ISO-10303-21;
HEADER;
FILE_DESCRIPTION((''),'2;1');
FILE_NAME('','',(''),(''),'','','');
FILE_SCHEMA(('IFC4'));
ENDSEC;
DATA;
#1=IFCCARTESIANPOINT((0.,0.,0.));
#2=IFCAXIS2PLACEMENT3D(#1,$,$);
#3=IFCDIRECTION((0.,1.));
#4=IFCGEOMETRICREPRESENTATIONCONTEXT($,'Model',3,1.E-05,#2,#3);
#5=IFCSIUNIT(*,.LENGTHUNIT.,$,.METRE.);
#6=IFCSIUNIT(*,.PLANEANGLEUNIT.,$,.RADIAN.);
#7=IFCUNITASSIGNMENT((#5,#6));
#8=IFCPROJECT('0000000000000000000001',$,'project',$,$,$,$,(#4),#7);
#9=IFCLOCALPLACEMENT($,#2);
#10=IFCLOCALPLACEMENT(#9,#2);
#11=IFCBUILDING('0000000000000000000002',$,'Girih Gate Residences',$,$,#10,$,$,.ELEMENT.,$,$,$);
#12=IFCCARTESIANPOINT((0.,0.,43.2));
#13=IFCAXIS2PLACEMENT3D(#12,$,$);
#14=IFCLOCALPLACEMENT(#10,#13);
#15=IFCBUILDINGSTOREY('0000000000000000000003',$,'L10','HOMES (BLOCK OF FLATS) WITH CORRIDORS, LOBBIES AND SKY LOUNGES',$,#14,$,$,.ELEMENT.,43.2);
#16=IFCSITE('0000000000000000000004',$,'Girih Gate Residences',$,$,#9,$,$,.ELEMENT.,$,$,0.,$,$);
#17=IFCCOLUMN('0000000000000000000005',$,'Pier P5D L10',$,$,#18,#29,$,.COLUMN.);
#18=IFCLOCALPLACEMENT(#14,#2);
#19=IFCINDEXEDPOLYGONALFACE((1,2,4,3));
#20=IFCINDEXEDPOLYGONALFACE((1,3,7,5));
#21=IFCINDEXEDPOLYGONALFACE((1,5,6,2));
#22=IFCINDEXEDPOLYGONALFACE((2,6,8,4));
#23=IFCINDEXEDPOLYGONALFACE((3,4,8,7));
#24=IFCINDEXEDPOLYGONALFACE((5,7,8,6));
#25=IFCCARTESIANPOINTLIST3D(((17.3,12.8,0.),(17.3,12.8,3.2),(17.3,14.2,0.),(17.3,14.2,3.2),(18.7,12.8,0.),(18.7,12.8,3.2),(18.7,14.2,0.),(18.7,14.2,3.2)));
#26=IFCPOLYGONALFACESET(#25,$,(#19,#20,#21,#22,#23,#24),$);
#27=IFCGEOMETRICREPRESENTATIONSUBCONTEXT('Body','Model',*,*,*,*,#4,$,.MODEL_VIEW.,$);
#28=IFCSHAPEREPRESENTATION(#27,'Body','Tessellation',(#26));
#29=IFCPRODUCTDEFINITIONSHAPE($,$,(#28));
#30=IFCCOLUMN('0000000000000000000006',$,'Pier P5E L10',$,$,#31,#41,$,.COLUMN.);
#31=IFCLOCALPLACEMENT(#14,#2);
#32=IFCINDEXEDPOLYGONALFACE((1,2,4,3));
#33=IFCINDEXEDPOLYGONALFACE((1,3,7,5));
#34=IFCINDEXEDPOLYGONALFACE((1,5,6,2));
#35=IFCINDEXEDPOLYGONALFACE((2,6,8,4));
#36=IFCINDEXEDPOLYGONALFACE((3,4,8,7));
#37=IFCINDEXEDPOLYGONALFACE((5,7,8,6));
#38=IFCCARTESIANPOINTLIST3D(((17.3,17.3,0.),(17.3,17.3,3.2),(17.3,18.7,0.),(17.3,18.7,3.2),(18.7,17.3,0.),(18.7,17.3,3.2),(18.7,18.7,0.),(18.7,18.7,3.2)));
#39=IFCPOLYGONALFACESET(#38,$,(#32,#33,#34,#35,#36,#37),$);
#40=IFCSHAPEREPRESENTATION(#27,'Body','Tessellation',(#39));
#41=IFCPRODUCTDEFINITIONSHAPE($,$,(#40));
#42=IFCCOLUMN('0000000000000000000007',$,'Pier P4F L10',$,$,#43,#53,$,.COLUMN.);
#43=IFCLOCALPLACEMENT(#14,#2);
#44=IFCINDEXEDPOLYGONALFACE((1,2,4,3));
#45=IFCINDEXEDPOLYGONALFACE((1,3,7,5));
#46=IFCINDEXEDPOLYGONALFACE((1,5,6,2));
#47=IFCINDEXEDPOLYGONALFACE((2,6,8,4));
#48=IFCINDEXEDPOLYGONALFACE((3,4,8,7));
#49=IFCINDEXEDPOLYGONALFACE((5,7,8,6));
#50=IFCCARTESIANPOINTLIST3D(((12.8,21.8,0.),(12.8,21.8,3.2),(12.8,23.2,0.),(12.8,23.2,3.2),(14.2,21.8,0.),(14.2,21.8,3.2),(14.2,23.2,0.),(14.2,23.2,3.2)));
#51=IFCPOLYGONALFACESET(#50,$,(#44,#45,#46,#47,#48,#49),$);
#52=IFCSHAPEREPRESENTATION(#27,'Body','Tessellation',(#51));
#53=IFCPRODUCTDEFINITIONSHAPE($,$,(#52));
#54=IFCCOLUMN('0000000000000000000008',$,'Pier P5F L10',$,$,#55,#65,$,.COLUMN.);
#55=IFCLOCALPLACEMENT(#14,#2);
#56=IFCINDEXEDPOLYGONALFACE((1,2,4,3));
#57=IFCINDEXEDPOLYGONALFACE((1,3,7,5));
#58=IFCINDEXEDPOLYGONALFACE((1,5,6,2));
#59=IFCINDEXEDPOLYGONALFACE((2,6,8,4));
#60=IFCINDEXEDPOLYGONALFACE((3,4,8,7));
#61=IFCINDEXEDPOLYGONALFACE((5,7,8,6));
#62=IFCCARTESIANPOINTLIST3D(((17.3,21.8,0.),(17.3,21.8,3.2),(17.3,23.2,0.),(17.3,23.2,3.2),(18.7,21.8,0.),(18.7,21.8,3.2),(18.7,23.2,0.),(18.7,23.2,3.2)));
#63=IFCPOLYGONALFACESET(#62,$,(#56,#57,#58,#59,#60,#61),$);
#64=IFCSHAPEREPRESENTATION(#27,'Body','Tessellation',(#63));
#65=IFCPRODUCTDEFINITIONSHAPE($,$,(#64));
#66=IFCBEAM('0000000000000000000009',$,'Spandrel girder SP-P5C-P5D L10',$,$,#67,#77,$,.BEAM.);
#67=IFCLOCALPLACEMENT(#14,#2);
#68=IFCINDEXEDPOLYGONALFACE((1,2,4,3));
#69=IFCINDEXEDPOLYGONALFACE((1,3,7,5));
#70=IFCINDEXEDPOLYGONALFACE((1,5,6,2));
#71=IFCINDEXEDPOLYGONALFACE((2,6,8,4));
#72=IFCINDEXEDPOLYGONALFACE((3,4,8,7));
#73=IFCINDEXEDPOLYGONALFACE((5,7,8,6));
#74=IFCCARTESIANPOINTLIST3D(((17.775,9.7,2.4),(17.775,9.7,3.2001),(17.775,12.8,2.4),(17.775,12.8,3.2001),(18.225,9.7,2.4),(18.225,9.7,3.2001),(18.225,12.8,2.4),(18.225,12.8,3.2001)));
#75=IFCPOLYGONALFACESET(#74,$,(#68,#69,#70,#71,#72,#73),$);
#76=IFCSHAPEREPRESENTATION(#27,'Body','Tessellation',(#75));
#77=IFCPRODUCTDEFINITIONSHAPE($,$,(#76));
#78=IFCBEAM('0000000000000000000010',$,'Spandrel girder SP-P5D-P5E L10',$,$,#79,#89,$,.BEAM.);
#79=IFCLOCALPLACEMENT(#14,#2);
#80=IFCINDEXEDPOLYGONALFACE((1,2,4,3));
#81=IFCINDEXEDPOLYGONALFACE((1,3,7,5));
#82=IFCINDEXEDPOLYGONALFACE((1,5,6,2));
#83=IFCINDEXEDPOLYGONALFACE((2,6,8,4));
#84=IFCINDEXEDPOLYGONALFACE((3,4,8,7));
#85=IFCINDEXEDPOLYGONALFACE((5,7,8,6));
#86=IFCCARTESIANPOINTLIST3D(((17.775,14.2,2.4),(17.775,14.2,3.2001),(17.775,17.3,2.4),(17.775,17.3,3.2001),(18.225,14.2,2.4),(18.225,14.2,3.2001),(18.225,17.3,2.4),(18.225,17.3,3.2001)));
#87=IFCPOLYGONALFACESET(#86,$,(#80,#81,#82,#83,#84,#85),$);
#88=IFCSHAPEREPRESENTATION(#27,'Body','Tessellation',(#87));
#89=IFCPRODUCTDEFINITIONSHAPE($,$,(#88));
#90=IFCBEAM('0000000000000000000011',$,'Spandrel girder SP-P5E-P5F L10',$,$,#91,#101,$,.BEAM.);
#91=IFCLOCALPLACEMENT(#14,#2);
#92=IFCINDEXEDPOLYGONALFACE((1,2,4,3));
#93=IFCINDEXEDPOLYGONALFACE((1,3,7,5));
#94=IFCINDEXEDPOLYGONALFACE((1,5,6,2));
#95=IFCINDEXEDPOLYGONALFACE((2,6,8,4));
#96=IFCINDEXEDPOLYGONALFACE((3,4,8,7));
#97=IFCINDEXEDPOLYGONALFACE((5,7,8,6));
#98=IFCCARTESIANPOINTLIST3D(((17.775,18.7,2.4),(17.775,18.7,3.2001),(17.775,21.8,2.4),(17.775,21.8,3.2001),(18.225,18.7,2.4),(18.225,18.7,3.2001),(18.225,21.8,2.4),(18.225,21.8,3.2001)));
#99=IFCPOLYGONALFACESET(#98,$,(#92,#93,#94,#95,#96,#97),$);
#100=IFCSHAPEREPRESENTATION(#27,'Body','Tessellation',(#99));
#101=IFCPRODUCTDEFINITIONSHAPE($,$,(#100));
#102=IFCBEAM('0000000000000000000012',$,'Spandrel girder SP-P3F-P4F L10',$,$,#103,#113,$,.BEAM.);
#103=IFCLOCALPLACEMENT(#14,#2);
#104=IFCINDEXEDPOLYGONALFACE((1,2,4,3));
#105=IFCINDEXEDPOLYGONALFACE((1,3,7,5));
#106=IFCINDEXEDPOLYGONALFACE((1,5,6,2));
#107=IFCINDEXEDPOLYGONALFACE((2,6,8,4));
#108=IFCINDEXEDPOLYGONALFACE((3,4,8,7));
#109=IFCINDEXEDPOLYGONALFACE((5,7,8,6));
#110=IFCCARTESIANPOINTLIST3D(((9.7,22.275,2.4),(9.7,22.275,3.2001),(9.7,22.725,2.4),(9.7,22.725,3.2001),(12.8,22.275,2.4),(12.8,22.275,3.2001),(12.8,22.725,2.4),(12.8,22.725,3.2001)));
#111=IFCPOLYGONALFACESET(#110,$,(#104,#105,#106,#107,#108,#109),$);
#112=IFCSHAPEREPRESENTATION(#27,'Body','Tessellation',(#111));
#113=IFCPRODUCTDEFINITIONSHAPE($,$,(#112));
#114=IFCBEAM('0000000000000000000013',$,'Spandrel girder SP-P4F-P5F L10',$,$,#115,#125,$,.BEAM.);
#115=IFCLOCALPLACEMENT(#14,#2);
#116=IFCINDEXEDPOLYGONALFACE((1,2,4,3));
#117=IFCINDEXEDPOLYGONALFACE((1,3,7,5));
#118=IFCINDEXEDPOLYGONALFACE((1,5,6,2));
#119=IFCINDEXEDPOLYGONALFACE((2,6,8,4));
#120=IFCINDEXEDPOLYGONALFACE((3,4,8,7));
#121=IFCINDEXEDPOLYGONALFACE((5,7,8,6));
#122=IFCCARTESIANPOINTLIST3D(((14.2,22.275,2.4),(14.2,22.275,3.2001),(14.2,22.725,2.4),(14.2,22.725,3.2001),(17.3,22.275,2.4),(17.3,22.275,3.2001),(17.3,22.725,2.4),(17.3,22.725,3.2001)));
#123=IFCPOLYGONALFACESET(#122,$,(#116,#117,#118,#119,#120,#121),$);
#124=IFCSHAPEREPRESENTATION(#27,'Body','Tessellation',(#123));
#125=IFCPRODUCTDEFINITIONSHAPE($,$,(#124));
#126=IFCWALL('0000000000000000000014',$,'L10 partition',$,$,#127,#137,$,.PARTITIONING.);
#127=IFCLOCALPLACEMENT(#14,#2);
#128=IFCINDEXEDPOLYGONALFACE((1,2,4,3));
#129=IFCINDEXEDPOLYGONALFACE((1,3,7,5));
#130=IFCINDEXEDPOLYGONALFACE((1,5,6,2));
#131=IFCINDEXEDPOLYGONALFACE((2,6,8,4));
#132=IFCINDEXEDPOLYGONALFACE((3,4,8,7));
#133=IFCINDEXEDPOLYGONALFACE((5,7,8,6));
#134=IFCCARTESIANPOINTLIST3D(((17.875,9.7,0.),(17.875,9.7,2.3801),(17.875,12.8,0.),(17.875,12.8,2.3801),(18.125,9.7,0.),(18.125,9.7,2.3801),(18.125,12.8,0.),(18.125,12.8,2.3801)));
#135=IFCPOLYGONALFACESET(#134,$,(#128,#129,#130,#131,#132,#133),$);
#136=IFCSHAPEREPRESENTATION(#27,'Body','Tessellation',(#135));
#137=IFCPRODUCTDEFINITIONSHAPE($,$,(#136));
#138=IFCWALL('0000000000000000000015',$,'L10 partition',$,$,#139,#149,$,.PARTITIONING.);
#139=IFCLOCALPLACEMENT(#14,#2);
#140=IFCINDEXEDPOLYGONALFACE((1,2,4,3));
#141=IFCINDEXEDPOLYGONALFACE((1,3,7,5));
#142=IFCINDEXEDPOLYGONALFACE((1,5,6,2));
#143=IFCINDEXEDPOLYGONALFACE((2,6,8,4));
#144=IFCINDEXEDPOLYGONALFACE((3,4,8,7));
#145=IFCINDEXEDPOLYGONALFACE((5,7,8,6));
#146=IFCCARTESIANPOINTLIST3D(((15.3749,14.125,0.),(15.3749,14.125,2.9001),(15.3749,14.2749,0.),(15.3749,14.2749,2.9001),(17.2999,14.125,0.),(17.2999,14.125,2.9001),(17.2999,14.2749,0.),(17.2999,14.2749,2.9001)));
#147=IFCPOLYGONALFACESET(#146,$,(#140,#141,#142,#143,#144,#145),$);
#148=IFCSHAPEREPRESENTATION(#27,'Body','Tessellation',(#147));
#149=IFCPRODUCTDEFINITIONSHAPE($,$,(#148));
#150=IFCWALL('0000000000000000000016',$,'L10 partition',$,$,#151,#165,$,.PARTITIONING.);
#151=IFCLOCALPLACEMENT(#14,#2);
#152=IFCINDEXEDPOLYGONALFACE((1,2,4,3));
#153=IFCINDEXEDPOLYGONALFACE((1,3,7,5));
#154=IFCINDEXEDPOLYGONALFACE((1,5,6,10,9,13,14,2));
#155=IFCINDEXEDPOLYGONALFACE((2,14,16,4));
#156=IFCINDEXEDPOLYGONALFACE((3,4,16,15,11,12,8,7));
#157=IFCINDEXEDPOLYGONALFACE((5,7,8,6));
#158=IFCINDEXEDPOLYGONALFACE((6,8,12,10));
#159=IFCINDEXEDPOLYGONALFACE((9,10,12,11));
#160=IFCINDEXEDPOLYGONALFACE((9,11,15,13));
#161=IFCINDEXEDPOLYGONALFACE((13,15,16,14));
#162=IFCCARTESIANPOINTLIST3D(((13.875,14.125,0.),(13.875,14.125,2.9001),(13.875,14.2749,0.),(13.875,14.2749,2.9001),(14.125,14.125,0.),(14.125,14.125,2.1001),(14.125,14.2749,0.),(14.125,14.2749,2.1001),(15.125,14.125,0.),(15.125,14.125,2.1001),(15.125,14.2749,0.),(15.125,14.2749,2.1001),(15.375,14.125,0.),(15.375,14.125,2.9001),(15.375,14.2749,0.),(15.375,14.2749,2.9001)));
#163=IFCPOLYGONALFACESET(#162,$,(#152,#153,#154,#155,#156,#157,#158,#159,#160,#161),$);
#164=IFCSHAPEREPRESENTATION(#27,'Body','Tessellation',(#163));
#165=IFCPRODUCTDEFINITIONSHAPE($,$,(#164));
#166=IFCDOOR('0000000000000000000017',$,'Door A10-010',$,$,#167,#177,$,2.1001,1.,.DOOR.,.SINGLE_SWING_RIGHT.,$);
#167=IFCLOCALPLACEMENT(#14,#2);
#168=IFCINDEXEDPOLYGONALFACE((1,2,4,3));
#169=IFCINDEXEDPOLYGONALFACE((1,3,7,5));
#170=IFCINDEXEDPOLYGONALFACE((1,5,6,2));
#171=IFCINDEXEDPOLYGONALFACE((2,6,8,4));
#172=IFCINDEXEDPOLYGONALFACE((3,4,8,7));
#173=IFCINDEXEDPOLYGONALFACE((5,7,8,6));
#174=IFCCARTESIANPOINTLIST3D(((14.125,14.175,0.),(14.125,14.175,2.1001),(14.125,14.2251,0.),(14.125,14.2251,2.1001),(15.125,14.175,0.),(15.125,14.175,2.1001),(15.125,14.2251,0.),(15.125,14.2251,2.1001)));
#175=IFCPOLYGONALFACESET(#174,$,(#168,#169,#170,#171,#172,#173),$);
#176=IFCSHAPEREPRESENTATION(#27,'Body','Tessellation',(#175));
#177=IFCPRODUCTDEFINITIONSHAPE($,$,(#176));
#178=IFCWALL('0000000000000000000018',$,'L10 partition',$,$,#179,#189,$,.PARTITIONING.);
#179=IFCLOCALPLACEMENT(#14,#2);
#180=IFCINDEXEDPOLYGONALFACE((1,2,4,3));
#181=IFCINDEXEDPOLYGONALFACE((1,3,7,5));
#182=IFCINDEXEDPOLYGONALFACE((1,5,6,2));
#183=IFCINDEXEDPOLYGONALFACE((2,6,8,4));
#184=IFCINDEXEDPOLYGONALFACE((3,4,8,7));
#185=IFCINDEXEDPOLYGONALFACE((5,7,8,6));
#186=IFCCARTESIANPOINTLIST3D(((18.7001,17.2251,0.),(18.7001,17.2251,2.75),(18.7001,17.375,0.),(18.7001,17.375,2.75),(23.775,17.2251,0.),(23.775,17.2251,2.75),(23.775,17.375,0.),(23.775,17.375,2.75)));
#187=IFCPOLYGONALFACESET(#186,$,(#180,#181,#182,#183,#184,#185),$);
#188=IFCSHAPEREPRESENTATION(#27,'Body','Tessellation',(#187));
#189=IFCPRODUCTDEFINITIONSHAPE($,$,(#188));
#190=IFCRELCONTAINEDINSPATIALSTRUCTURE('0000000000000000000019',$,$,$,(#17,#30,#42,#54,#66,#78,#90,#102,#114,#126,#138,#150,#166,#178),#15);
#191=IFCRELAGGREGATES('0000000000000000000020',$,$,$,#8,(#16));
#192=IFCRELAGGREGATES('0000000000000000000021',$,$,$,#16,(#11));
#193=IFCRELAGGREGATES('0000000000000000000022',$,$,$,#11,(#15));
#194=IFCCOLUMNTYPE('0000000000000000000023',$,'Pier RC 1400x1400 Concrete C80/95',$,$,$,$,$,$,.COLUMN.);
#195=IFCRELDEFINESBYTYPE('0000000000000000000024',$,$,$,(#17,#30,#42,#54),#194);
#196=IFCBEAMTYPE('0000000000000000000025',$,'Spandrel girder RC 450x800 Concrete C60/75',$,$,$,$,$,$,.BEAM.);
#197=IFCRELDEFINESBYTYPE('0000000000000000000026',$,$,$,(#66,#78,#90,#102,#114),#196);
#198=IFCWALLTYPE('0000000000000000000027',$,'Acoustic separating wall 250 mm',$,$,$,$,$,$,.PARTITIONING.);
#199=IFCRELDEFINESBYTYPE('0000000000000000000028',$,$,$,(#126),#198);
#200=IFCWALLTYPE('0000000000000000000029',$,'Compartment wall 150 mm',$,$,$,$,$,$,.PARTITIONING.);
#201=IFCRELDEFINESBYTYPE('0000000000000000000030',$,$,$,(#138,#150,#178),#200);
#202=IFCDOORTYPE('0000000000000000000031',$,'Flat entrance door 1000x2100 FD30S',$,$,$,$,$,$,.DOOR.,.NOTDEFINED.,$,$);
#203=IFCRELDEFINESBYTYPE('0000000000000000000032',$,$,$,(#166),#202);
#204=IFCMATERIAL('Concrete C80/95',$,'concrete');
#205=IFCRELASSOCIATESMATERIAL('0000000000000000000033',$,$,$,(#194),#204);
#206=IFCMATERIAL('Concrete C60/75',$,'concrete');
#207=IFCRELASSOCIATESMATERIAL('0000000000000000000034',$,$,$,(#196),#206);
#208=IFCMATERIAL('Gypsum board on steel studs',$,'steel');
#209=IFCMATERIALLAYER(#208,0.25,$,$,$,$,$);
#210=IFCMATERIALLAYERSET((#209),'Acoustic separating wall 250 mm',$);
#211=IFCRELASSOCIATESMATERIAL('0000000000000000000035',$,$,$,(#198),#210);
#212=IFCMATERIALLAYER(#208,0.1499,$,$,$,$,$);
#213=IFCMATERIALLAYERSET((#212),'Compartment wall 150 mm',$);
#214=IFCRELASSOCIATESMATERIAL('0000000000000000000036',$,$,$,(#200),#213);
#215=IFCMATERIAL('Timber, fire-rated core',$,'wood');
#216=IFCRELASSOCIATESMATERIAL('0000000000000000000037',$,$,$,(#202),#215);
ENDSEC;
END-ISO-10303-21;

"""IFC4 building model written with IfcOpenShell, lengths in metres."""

from ifc_helpers import new_model, si_unit, direction, frame, frame_2d, origin, origin_2d, place, context, subcontext, project, spatial, rectangle, extrude, material, layer, layer_set, material_profile, profile_set, type_object, element, fill, save


model = new_model("IFC4")

# Units and contexts
model_context = context("Model", 3, precision=1e-05, world=origin(), true_north=direction((0.0, 1.0)))
body_context = subcontext(model_context, "Body", "Model", "MODEL_VIEW")
ifc_project = project(units=[si_unit("LENGTHUNIT", "METRE"), si_unit("PLANEANGLEUNIT", "RADIAN")], contexts=[model_context])

# Site, building, storey
site_placement = place(None, origin())
site = spatial("IfcSite", under=ifc_project, at=site_placement, Name="Girih Gate Residences", CompositionType="ELEMENT", RefElevation=0.0)
building_placement = place(site_placement, origin())
building = spatial("IfcBuilding", under=site, at=building_placement, Name="Girih Gate Residences", CompositionType="ELEMENT")
storey_placement = place(building_placement, frame((0.0, 0.0, 43.2)))
storey = spatial("IfcBuildingStorey", under=building, at=storey_placement, Name="L10", Description="HOMES (BLOCK OF FLATS) WITH CORRIDORS, LOBBIES AND SKY LOUNGES", CompositionType="ELEMENT", Elevation=43.2)

# Columns
ifc_material_1 = material(Name="Concrete C80/95", Category="concrete")
ifc_material_profile_1 = material_profile(ifc_material_1, rectangle(XDim=1.3999, YDim=1.3999, at=origin_2d()))
ifc_profile_set_1 = profile_set([ifc_material_profile_1], Name="Concrete C80/95")
column_type = type_object("IfcColumnType", Name="Pier RC 1400x1400 Concrete C80/95", PredefinedType="COLUMN", material=ifc_profile_set_1)
for number, where, z_axis, x_axis, name in (
    (1, (18.0, 13.5, 0.0), (0.0, 0.0, 1.0), (1.0, 0.0, 0.0), "Pier P5D L10"),
    (2, (18.0, 18.0, 0.0), (0.0, 0.0, 1.0), (1.0, 0.0, 0.0), "Pier P5E L10"),
    (3, (13.5, 22.5, 0.0), (0.0, 0.0, 1.0), (1.0, 0.0, 0.0), "Pier P4F L10"),
    (4, (18.0, 22.5, 0.0), (0.0, 0.0, 1.0), (1.0, 0.0, 0.0), "Pier P5F L10"),
):
    element("IfcColumn", number, at=place(storey_placement, frame(where, z_axis=z_axis, x_axis=x_axis)), inside=storey, type_object=column_type, Name=name, PredefinedType="COLUMN", context=body_context, shape_type="SweptSolid", body=[
        extrude(rectangle(XDim=1.3999, YDim=1.3999, at=origin_2d()), origin(), (0.0, 0.0, 1.0), 3.2),
    ])

# Beams
ifc_material_2 = material(Name="Concrete C60/75", Category="concrete")
ifc_material_profile_2 = material_profile(ifc_material_2, rectangle(XDim=0.45, YDim=0.8, at=origin_2d()))
ifc_profile_set_2 = profile_set([ifc_material_profile_2], Name="Concrete C60/75")
beam_type = type_object("IfcBeamType", Name="Spandrel girder RC 450x800 Concrete C60/75", PredefinedType="BEAM", material=ifc_profile_set_2)
for number, where, z_axis, x_axis, name in (
    (5, (18.0, 9.7, 2.8), (0.0, 1.0, 0.0), (-1.0, 0.0, 0.0), "Spandrel girder SP-P5C-P5D L10"),
    (6, (18.0, 14.2, 2.8), (0.0, 1.0, 0.0), (-1.0, 0.0, 0.0), "Spandrel girder SP-P5D-P5E L10"),
    (7, (18.0, 18.7, 2.8), (0.0, 1.0, 0.0), (-1.0, 0.0, 0.0), "Spandrel girder SP-P5E-P5F L10"),
    (8, (9.7, 22.5, 2.8), (1.0, 0.0, 0.0), (0.0, 1.0, 0.0), "Spandrel girder SP-P3F-P4F L10"),
    (9, (14.2, 22.5, 2.8), (1.0, 0.0, 0.0), (0.0, 1.0, 0.0), "Spandrel girder SP-P4F-P5F L10"),
):
    element("IfcBeam", number, at=place(storey_placement, frame(where, z_axis=z_axis, x_axis=x_axis)), inside=storey, type_object=beam_type, Name=name, PredefinedType="BEAM", context=body_context, shape_type="SweptSolid", body=[
        extrude(rectangle(XDim=0.45, YDim=0.8, at=origin_2d()), origin(), (0.0, 0.0, 1.0), 3.1001),
    ])

# Walls
ifc_material_3 = material(Name="Gypsum board on steel studs", Category="steel")
ifc_layer_1 = layer(ifc_material_3, 0.25)
ifc_layer_set_1 = layer_set([ifc_layer_1], Name="Acoustic separating wall 250 mm")
wall_type_1 = type_object("IfcWallType", Name="Acoustic separating wall 250 mm", PredefinedType="PARTITIONING", material=ifc_layer_set_1)
wall_1_placement = place(storey_placement, frame((18.0, 9.7, 0.0), z_axis=(0.0, 0.0, 1.0), x_axis=(0.0, 1.0, 0.0)))
element("IfcWall", 10, at=wall_1_placement, inside=storey, type_object=wall_type_1, Name="L10 partition", PredefinedType="PARTITIONING", context=body_context, shape_type="SweptSolid", body=[
    extrude(rectangle(XDim=3.1001, YDim=0.25, at=frame_2d((1.55, 0.0))), origin(), (0.0, 0.0, 1.0), 2.3801),
])
ifc_layer_2 = layer(ifc_material_3, 0.1499)
ifc_layer_set_2 = layer_set([ifc_layer_2], Name="Compartment wall 150 mm")
wall_type_2 = type_object("IfcWallType", Name="Compartment wall 150 mm", PredefinedType="PARTITIONING", material=ifc_layer_set_2)
wall_2_placement = place(storey_placement, frame((15.375, 14.2, 0.0), z_axis=(0.0, 0.0, 1.0), x_axis=(1.0, 0.0, 0.0)))
element("IfcWall", 11, at=wall_2_placement, inside=storey, type_object=wall_type_2, Name="L10 partition", PredefinedType="PARTITIONING", context=body_context, shape_type="SweptSolid", body=[
    extrude(rectangle(XDim=1.925, YDim=0.1499, at=frame_2d((0.9624, 0.0))), origin(), (0.0, 0.0, 1.0), 2.9001),
])

# Wall, opening, door
wall_3_placement = place(storey_placement, frame((15.375, 14.2, 0.0), z_axis=(0.0, 0.0, 1.0), x_axis=(-1.0, 0.0, 0.0)))
wall_3 = element("IfcWall", 12, at=wall_3_placement, inside=storey, type_object=wall_type_2, Name="L10 partition", PredefinedType="PARTITIONING", context=body_context, shape_type="SweptSolid", body=[
    extrude(rectangle(XDim=1.5, YDim=0.1499, at=frame_2d((0.75, 0.0))), origin(), (0.0, 0.0, 1.0), 2.9001),
])
opening_1_placement = place(wall_3_placement, frame((0.25, 0.0, 0.0)))
opening_1 = element("IfcOpeningElement", 13, at=opening_1_placement, cuts=wall_3, PredefinedType="OPENING", context=body_context, shape_type="SweptSolid", body=[
    extrude(rectangle(XDim=1.0, YDim=2.1001, at=frame_2d((0.5, 1.05))), frame((0.0, 0.085, 0.0), z_axis=(0.0, -1.0, 0.0), x_axis=(1.0, 0.0, 0.0)), (0.0, 0.0, 1.0), 0.1699),
])
ifc_material_4 = material(Name="Timber, fire-rated core", Category="wood")
door_type_1 = type_object("IfcDoorType", Name="Flat entrance door 1000x2100 FD30S", OperationType="NOTDEFINED", PredefinedType="DOOR", material=ifc_material_4)
door_1_placement = place(opening_1_placement, origin())
door_1 = element("IfcDoor", 14, at=door_1_placement, inside=storey, type_object=door_type_1, Name="Door A10-010", OperationType="SINGLE_SWING_RIGHT", OverallHeight=2.1001, OverallWidth=1.0, PredefinedType="DOOR", context=body_context, shape_type="SweptSolid", body=[
    extrude(rectangle(XDim=1.0, YDim=2.1001, at=frame_2d((0.5, 1.05))), frame((0.0, 0.0249, 0.0), z_axis=(0.0, -1.0, 0.0), x_axis=(1.0, 0.0, 0.0)), (0.0, 0.0, 1.0), 0.05),
])
fill(opening_1, door_1)

# Wall
wall_4_placement = place(storey_placement, frame((18.7, 17.3, 0.0), z_axis=(0.0, 0.0, 1.0), x_axis=(1.0, 0.0, 0.0)))
element("IfcWall", 15, at=wall_4_placement, inside=storey, type_object=wall_type_2, Name="L10 partition", PredefinedType="PARTITIONING", context=body_context, shape_type="SweptSolid", body=[
    extrude(rectangle(XDim=5.075, YDim=0.1499, at=frame_2d((2.5376, 0.0))), origin(), (0.0, 0.0, 1.0), 2.75),
])

save(model, "model.ifc")
